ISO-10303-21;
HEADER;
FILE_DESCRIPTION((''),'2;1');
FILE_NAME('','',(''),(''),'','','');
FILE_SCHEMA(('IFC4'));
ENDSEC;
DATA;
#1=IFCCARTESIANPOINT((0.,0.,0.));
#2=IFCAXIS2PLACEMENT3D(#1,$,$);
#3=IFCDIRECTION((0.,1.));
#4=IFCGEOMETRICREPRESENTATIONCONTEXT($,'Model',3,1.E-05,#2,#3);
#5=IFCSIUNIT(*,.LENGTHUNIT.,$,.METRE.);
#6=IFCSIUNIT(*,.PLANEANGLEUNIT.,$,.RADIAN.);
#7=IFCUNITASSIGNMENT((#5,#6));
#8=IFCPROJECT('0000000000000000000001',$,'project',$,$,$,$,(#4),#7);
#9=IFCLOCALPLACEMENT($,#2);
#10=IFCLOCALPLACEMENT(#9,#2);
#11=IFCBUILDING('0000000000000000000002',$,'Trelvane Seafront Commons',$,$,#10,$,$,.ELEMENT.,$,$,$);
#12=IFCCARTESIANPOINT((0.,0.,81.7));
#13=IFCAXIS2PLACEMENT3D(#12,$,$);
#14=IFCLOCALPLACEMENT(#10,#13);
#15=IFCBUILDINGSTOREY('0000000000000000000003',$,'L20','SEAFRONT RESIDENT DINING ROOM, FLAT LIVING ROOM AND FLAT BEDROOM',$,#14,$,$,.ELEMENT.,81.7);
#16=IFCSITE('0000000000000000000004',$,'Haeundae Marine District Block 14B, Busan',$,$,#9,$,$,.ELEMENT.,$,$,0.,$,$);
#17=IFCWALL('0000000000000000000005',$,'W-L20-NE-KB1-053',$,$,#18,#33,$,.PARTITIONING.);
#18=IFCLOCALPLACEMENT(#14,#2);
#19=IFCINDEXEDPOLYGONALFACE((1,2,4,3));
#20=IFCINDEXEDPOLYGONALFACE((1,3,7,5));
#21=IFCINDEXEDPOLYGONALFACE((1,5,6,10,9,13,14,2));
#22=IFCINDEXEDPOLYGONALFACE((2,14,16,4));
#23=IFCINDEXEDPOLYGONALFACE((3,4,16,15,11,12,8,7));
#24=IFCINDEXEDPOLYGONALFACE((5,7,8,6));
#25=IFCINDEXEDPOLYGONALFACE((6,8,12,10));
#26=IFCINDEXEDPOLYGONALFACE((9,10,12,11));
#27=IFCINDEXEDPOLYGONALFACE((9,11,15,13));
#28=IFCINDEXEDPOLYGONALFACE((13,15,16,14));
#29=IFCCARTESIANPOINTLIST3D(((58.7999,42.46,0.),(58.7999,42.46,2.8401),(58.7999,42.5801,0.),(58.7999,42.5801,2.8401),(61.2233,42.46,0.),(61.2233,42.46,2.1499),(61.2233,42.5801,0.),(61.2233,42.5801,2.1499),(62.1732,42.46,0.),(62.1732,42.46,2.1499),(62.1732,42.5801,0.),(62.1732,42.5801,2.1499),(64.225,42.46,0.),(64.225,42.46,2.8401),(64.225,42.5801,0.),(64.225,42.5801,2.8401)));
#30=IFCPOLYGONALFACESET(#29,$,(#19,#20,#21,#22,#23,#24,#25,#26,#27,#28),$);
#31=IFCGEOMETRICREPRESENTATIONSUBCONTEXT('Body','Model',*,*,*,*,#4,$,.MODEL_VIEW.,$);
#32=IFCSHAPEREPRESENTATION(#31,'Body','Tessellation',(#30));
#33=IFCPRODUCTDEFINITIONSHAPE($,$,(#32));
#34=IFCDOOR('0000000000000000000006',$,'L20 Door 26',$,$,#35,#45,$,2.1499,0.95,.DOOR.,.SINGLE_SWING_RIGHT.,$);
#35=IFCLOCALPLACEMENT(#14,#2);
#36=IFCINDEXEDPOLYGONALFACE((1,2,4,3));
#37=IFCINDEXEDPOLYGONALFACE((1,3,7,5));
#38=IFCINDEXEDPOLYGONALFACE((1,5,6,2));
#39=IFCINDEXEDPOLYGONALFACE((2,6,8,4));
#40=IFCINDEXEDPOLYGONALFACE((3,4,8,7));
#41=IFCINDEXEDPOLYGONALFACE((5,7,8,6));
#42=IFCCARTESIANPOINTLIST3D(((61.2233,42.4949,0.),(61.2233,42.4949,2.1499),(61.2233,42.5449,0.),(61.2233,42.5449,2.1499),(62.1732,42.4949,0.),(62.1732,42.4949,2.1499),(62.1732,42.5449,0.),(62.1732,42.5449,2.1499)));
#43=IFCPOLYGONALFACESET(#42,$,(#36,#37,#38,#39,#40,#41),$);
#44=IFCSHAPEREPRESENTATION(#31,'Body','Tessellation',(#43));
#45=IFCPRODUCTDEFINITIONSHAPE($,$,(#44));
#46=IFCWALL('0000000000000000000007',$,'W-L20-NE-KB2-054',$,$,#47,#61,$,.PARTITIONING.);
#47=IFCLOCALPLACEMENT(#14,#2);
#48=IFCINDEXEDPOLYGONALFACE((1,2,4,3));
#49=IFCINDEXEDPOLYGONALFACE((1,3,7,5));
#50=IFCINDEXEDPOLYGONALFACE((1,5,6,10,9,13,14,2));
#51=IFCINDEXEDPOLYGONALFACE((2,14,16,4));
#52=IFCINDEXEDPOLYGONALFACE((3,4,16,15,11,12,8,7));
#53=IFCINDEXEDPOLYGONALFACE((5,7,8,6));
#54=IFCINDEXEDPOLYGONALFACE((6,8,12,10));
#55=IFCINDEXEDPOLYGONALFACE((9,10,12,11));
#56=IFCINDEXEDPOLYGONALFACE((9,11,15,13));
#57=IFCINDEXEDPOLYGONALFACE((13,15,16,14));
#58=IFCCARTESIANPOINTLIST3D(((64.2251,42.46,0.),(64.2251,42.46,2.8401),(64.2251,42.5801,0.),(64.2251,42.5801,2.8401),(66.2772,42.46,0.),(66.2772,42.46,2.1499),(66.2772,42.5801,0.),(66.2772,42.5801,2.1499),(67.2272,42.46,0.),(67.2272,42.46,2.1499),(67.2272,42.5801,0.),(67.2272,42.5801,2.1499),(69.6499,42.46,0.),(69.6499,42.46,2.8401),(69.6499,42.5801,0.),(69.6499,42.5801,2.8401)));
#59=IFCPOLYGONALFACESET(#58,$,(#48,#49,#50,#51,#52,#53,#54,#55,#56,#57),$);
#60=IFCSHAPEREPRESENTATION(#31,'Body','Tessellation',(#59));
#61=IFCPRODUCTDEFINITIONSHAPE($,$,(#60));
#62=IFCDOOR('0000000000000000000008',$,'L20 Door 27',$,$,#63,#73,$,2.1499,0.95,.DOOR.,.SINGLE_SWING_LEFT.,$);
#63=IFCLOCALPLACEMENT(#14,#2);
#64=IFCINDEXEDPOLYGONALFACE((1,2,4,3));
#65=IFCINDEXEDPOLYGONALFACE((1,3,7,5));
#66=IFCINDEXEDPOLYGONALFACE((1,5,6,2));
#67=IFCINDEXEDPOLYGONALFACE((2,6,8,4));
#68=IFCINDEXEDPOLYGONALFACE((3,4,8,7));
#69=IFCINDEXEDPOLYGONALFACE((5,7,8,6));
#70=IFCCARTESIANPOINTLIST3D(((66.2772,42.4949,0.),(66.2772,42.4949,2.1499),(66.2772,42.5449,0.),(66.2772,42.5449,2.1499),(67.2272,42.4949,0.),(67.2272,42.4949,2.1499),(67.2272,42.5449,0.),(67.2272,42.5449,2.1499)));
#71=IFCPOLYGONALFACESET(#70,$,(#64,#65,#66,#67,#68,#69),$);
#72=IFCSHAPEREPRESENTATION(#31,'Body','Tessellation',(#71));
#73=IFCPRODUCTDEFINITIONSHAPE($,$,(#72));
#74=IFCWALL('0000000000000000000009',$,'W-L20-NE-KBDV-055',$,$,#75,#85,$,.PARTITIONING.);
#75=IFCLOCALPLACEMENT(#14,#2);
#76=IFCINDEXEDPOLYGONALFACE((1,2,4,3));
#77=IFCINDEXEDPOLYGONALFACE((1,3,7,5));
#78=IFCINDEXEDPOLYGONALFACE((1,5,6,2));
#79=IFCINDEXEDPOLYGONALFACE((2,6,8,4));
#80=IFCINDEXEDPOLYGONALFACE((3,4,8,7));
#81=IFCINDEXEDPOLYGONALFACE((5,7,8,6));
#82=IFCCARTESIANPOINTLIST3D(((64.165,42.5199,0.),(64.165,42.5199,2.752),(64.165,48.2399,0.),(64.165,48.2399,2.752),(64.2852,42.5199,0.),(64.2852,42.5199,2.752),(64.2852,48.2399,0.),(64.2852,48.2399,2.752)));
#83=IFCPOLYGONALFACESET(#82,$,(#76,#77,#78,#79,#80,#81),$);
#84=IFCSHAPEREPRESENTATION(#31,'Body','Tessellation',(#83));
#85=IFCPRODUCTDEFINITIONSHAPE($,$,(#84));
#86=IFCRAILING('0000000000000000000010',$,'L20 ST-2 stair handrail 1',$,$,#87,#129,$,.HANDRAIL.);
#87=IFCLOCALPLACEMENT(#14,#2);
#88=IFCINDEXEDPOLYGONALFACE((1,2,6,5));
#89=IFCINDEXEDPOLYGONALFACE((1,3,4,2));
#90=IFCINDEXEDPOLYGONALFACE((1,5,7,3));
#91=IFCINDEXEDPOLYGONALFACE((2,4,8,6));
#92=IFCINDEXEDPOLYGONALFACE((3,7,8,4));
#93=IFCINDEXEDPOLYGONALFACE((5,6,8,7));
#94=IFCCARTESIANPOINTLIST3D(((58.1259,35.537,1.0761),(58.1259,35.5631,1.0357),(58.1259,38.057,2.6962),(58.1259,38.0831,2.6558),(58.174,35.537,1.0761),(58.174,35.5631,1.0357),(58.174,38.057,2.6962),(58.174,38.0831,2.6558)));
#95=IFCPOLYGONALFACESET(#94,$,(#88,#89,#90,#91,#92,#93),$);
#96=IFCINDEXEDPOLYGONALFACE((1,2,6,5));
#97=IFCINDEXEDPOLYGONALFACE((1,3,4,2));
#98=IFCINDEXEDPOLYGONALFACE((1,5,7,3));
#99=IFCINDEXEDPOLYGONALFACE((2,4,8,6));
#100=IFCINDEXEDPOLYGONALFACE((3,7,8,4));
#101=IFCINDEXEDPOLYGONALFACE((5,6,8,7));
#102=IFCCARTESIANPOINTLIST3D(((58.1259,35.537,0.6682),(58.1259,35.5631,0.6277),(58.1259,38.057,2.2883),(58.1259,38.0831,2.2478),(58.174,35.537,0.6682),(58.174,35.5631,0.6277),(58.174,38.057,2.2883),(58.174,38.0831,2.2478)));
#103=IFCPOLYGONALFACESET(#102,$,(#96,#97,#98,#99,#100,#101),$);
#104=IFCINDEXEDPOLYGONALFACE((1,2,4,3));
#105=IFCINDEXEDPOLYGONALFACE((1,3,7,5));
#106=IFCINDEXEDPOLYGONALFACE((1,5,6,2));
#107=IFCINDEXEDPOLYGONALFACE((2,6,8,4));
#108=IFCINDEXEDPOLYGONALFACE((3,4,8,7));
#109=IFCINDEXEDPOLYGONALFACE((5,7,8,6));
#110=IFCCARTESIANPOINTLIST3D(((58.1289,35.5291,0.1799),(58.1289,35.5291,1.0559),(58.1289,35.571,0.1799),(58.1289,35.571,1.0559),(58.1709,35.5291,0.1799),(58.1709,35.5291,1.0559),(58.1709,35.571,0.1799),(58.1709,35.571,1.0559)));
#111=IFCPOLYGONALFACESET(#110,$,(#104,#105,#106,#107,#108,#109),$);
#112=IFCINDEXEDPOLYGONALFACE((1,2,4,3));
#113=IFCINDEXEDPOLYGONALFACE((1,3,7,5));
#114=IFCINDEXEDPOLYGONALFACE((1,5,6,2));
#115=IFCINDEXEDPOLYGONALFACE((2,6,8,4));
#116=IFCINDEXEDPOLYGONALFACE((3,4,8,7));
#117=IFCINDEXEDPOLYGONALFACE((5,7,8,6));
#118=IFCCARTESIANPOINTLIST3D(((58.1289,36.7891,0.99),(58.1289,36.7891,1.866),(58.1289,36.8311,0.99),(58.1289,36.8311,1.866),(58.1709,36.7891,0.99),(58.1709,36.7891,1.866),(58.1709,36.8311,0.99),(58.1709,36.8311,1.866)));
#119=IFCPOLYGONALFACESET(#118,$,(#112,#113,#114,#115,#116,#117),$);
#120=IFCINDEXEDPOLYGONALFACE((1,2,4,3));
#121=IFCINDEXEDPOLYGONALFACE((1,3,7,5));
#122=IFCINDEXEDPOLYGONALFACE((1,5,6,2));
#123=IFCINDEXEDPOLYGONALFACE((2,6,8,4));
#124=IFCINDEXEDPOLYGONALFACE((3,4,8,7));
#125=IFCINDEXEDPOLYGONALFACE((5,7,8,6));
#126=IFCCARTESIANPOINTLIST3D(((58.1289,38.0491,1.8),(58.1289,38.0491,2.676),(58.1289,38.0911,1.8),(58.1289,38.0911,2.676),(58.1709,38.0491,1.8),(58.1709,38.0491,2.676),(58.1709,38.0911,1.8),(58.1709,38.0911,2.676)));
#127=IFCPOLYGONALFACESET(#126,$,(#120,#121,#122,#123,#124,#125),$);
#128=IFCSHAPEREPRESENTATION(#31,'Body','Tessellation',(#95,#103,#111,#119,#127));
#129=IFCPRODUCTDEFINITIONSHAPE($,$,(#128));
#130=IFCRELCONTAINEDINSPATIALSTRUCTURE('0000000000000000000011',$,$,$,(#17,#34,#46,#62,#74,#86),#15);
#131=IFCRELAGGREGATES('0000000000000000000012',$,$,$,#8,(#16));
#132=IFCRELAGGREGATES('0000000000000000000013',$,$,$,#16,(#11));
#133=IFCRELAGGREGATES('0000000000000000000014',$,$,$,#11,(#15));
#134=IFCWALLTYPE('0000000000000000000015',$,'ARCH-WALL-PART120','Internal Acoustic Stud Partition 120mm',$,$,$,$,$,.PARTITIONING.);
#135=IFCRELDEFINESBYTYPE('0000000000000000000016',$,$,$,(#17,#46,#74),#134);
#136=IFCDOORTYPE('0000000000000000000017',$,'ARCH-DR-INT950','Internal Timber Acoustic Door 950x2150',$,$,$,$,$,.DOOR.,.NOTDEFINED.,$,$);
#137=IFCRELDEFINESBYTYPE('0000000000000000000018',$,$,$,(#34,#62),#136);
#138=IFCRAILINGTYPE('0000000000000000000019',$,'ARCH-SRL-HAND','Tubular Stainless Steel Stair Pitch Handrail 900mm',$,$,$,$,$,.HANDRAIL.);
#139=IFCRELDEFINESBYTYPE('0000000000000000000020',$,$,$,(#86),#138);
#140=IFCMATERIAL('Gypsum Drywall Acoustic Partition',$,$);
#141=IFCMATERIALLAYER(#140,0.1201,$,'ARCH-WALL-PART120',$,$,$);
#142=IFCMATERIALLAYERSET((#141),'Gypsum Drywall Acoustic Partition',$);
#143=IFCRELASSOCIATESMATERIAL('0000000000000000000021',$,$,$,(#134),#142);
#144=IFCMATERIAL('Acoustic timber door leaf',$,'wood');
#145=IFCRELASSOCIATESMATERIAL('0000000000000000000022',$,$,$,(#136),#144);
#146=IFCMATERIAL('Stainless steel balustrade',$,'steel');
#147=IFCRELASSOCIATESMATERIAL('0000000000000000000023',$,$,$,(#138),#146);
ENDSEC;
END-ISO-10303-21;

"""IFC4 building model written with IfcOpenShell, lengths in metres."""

from ifc_helpers import new_model, si_unit, direction, frame, frame_2d, origin, origin_2d, place, context, subcontext, project, spatial, rectangle, extrude, source, transform, mapped, material, layer, layer_set, type_object, element, fill, save


model = new_model("IFC4")

# Units and contexts
model_context = context("Model", 3, precision=1e-05, world=origin(), true_north=direction((0.0, 1.0)))
body_context = subcontext(model_context, "Body", "Model", "MODEL_VIEW")
ifc_project = project(units=[si_unit("LENGTHUNIT", "METRE"), si_unit("PLANEANGLEUNIT", "RADIAN")], contexts=[model_context])

# Site, building, storey
site_placement = place(None, origin())
site = spatial("IfcSite", under=ifc_project, at=site_placement, Name="Haeundae Marine District Block 14B, Busan", CompositionType="ELEMENT", RefElevation=0.0)
building_placement = place(site_placement, origin())
building = spatial("IfcBuilding", under=site, at=building_placement, Name="Trelvane Seafront Commons", CompositionType="ELEMENT")
storey_placement = place(building_placement, frame((0.0, 0.0, 81.7)))
storey = spatial("IfcBuildingStorey", under=building, at=storey_placement, Name="L20", Description="SEAFRONT RESIDENT DINING ROOM, FLAT LIVING ROOM AND FLAT BEDROOM", CompositionType="ELEMENT", Elevation=81.7)

# Shared definitions
ifc_material_1 = material(Name="Gypsum Drywall Acoustic Partition")
ifc_layer = layer(ifc_material_1, 0.1201, Name="ARCH-WALL-PART120")
ifc_layer_set = layer_set([ifc_layer], Name="Gypsum Drywall Acoustic Partition")
wall_type = type_object("IfcWallType", Name="ARCH-WALL-PART120", Description="Internal Acoustic Stud Partition 120mm", PredefinedType="PARTITIONING", material=ifc_layer_set)
ifc_material_2 = material(Name="Acoustic timber door leaf", Category="wood")

# Walls, openings, doors
wall_1_placement = place(storey_placement, frame((58.8, 42.52, 0.0), z_axis=(0.0, 0.0, 1.0), x_axis=(1.0, 0.0, 0.0)))
wall_1 = element("IfcWall", 1, at=wall_1_placement, inside=storey, type_object=wall_type, Name="W-L20-NE-KB1-053", PredefinedType="PARTITIONING", context=body_context, shape_type="SweptSolid", body=[
    extrude(rectangle(XDim=5.425, YDim=0.1201, at=frame_2d((2.7124, 0.0))), origin(), (0.0, 0.0, 1.0), 2.8401),
])
opening_1_placement = place(wall_1_placement, frame((2.4231, 0.0, 0.0)))
opening_1 = element("IfcOpeningElement", 2, at=opening_1_placement, cuts=wall_1, PredefinedType="OPENING", context=body_context, shape_type="SweptSolid", body=[
    extrude(rectangle(XDim=0.95, YDim=2.1499, at=frame_2d((0.4751, 1.075))), frame((0.0, 0.0701, 0.0), z_axis=(0.0, -1.0, 0.0), x_axis=(1.0, 0.0, 0.0)), (0.0, 0.0, 1.0), 0.1401),
])
door_type_1 = type_object("IfcDoorType", Name="ARCH-DR-INT950", Description="Internal Timber Acoustic Door 950x2150", OperationType="NOTDEFINED", PredefinedType="DOOR", material=ifc_material_2)
shared_shape_1 = source(origin(), body_context, "Body", "SweptSolid", [
    extrude(rectangle(XDim=0.95, YDim=2.1499, at=frame_2d((0.4751, 1.075))), frame((0.0, 0.0249, 0.0), z_axis=(0.0, -1.0, 0.0), x_axis=(1.0, 0.0, 0.0)), (0.0, 0.0, 1.0), 0.05),
])
door_1_placement = place(opening_1_placement, origin())
door_1 = element("IfcDoor", 3, at=door_1_placement, inside=storey, type_object=door_type_1, Name="L20 Door 26", OperationType="SINGLE_SWING_RIGHT", OverallHeight=2.1499, OverallWidth=0.95, PredefinedType="DOOR", context=body_context, shape_type="MappedRepresentation", body=[
    mapped(shared_shape_1, transform((0.0, 0.0, 0.0), x_axis=(1.0, 0.0, 0.0), y_axis=(0.0, 1.0, 0.0), z_axis=(0.0, 0.0, 1.0), scale=1.0)),
])
fill(opening_1, door_1)
wall_2_placement = place(storey_placement, frame((64.2251, 42.52, 0.0), z_axis=(0.0, 0.0, 1.0), x_axis=(1.0, 0.0, 0.0)))
wall_2 = element("IfcWall", 4, at=wall_2_placement, inside=storey, type_object=wall_type, Name="W-L20-NE-KB2-054", PredefinedType="PARTITIONING", context=body_context, shape_type="SweptSolid", body=[
    extrude(rectangle(XDim=5.4248, YDim=0.1201, at=frame_2d((2.7124, 0.0))), origin(), (0.0, 0.0, 1.0), 2.8401),
])
opening_2_placement = place(wall_2_placement, frame((2.052, 0.0, 0.0)))
opening_2 = element("IfcOpeningElement", 5, at=opening_2_placement, cuts=wall_2, PredefinedType="OPENING", context=body_context, shape_type="SweptSolid", body=[
    extrude(rectangle(XDim=0.95, YDim=2.1499, at=frame_2d((0.4751, 1.075))), frame((0.0, 0.0701, 0.0), z_axis=(0.0, -1.0, 0.0), x_axis=(1.0, 0.0, 0.0)), (0.0, 0.0, 1.0), 0.1401),
])
door_2_placement = place(opening_2_placement, origin())
door_2 = element("IfcDoor", 6, at=door_2_placement, inside=storey, type_object=door_type_1, Name="L20 Door 27", OperationType="SINGLE_SWING_LEFT", OverallHeight=2.1499, OverallWidth=0.95, PredefinedType="DOOR", context=body_context, shape_type="MappedRepresentation", body=[
    mapped(shared_shape_1, transform((0.0, 0.0, 0.0), x_axis=(1.0, 0.0, 0.0), y_axis=(0.0, 1.0, 0.0), z_axis=(0.0, 0.0, 1.0), scale=1.0)),
])
fill(opening_2, door_2)

# Wall
wall_3_placement = place(storey_placement, frame((64.2251, 42.52, 0.0), z_axis=(0.0, 0.0, 1.0), x_axis=(0.0, 1.0, 0.0)))
element("IfcWall", 7, at=wall_3_placement, inside=storey, type_object=wall_type, Name="W-L20-NE-KBDV-055", PredefinedType="PARTITIONING", context=body_context, shape_type="SweptSolid", body=[
    extrude(rectangle(XDim=5.72, YDim=0.1201, at=frame_2d((2.8599, 0.0))), origin(), (0.0, 0.0, 1.0), 2.752),
])

# Railing
ifc_material_3 = material(Name="Stainless steel balustrade", Category="steel")
railing_type = type_object("IfcRailingType", Name="ARCH-SRL-HAND", Description="Tubular Stainless Steel Stair Pitch Handrail 900mm", PredefinedType="HANDRAIL", material=ifc_material_3)
railing_placement = place(storey_placement, frame((58.1499, 35.55, 0.1799)))
element("IfcRailing", 8, at=railing_placement, inside=storey, type_object=railing_type, Name="L20 ST-2 stair handrail 1", PredefinedType="HANDRAIL", context=body_context, shape_type="SweptSolid", body=[
    extrude(rectangle(XDim=0.0481, YDim=0.0481, at=origin_2d()), frame((0.0, 0.0, 0.876), z_axis=(0.0, 0.841163, 0.540782), x_axis=(-1.0, 0.0, 0.0)), (0.0, 0.0, 1.0), 2.9958),
    extrude(rectangle(XDim=0.0481, YDim=0.0481, at=origin_2d()), frame((0.0, 0.0, 0.468), z_axis=(0.0, 0.841163, 0.540782), x_axis=(-1.0, 0.0, 0.0)), (0.0, 0.0, 1.0), 2.9958),
    extrude(rectangle(XDim=0.042, YDim=0.042, at=origin_2d()), origin(), (0.0, 0.0, 1.0), 0.876),
    extrude(rectangle(XDim=0.042, YDim=0.042, at=origin_2d()), frame((0.0, 1.26, 0.8101)), (0.0, 0.0, 1.0), 0.876),
    extrude(rectangle(XDim=0.042, YDim=0.042, at=origin_2d()), frame((0.0, 2.52, 1.6201)), (0.0, 0.0, 1.0), 0.876),
])

save(model, "model.ifc")
